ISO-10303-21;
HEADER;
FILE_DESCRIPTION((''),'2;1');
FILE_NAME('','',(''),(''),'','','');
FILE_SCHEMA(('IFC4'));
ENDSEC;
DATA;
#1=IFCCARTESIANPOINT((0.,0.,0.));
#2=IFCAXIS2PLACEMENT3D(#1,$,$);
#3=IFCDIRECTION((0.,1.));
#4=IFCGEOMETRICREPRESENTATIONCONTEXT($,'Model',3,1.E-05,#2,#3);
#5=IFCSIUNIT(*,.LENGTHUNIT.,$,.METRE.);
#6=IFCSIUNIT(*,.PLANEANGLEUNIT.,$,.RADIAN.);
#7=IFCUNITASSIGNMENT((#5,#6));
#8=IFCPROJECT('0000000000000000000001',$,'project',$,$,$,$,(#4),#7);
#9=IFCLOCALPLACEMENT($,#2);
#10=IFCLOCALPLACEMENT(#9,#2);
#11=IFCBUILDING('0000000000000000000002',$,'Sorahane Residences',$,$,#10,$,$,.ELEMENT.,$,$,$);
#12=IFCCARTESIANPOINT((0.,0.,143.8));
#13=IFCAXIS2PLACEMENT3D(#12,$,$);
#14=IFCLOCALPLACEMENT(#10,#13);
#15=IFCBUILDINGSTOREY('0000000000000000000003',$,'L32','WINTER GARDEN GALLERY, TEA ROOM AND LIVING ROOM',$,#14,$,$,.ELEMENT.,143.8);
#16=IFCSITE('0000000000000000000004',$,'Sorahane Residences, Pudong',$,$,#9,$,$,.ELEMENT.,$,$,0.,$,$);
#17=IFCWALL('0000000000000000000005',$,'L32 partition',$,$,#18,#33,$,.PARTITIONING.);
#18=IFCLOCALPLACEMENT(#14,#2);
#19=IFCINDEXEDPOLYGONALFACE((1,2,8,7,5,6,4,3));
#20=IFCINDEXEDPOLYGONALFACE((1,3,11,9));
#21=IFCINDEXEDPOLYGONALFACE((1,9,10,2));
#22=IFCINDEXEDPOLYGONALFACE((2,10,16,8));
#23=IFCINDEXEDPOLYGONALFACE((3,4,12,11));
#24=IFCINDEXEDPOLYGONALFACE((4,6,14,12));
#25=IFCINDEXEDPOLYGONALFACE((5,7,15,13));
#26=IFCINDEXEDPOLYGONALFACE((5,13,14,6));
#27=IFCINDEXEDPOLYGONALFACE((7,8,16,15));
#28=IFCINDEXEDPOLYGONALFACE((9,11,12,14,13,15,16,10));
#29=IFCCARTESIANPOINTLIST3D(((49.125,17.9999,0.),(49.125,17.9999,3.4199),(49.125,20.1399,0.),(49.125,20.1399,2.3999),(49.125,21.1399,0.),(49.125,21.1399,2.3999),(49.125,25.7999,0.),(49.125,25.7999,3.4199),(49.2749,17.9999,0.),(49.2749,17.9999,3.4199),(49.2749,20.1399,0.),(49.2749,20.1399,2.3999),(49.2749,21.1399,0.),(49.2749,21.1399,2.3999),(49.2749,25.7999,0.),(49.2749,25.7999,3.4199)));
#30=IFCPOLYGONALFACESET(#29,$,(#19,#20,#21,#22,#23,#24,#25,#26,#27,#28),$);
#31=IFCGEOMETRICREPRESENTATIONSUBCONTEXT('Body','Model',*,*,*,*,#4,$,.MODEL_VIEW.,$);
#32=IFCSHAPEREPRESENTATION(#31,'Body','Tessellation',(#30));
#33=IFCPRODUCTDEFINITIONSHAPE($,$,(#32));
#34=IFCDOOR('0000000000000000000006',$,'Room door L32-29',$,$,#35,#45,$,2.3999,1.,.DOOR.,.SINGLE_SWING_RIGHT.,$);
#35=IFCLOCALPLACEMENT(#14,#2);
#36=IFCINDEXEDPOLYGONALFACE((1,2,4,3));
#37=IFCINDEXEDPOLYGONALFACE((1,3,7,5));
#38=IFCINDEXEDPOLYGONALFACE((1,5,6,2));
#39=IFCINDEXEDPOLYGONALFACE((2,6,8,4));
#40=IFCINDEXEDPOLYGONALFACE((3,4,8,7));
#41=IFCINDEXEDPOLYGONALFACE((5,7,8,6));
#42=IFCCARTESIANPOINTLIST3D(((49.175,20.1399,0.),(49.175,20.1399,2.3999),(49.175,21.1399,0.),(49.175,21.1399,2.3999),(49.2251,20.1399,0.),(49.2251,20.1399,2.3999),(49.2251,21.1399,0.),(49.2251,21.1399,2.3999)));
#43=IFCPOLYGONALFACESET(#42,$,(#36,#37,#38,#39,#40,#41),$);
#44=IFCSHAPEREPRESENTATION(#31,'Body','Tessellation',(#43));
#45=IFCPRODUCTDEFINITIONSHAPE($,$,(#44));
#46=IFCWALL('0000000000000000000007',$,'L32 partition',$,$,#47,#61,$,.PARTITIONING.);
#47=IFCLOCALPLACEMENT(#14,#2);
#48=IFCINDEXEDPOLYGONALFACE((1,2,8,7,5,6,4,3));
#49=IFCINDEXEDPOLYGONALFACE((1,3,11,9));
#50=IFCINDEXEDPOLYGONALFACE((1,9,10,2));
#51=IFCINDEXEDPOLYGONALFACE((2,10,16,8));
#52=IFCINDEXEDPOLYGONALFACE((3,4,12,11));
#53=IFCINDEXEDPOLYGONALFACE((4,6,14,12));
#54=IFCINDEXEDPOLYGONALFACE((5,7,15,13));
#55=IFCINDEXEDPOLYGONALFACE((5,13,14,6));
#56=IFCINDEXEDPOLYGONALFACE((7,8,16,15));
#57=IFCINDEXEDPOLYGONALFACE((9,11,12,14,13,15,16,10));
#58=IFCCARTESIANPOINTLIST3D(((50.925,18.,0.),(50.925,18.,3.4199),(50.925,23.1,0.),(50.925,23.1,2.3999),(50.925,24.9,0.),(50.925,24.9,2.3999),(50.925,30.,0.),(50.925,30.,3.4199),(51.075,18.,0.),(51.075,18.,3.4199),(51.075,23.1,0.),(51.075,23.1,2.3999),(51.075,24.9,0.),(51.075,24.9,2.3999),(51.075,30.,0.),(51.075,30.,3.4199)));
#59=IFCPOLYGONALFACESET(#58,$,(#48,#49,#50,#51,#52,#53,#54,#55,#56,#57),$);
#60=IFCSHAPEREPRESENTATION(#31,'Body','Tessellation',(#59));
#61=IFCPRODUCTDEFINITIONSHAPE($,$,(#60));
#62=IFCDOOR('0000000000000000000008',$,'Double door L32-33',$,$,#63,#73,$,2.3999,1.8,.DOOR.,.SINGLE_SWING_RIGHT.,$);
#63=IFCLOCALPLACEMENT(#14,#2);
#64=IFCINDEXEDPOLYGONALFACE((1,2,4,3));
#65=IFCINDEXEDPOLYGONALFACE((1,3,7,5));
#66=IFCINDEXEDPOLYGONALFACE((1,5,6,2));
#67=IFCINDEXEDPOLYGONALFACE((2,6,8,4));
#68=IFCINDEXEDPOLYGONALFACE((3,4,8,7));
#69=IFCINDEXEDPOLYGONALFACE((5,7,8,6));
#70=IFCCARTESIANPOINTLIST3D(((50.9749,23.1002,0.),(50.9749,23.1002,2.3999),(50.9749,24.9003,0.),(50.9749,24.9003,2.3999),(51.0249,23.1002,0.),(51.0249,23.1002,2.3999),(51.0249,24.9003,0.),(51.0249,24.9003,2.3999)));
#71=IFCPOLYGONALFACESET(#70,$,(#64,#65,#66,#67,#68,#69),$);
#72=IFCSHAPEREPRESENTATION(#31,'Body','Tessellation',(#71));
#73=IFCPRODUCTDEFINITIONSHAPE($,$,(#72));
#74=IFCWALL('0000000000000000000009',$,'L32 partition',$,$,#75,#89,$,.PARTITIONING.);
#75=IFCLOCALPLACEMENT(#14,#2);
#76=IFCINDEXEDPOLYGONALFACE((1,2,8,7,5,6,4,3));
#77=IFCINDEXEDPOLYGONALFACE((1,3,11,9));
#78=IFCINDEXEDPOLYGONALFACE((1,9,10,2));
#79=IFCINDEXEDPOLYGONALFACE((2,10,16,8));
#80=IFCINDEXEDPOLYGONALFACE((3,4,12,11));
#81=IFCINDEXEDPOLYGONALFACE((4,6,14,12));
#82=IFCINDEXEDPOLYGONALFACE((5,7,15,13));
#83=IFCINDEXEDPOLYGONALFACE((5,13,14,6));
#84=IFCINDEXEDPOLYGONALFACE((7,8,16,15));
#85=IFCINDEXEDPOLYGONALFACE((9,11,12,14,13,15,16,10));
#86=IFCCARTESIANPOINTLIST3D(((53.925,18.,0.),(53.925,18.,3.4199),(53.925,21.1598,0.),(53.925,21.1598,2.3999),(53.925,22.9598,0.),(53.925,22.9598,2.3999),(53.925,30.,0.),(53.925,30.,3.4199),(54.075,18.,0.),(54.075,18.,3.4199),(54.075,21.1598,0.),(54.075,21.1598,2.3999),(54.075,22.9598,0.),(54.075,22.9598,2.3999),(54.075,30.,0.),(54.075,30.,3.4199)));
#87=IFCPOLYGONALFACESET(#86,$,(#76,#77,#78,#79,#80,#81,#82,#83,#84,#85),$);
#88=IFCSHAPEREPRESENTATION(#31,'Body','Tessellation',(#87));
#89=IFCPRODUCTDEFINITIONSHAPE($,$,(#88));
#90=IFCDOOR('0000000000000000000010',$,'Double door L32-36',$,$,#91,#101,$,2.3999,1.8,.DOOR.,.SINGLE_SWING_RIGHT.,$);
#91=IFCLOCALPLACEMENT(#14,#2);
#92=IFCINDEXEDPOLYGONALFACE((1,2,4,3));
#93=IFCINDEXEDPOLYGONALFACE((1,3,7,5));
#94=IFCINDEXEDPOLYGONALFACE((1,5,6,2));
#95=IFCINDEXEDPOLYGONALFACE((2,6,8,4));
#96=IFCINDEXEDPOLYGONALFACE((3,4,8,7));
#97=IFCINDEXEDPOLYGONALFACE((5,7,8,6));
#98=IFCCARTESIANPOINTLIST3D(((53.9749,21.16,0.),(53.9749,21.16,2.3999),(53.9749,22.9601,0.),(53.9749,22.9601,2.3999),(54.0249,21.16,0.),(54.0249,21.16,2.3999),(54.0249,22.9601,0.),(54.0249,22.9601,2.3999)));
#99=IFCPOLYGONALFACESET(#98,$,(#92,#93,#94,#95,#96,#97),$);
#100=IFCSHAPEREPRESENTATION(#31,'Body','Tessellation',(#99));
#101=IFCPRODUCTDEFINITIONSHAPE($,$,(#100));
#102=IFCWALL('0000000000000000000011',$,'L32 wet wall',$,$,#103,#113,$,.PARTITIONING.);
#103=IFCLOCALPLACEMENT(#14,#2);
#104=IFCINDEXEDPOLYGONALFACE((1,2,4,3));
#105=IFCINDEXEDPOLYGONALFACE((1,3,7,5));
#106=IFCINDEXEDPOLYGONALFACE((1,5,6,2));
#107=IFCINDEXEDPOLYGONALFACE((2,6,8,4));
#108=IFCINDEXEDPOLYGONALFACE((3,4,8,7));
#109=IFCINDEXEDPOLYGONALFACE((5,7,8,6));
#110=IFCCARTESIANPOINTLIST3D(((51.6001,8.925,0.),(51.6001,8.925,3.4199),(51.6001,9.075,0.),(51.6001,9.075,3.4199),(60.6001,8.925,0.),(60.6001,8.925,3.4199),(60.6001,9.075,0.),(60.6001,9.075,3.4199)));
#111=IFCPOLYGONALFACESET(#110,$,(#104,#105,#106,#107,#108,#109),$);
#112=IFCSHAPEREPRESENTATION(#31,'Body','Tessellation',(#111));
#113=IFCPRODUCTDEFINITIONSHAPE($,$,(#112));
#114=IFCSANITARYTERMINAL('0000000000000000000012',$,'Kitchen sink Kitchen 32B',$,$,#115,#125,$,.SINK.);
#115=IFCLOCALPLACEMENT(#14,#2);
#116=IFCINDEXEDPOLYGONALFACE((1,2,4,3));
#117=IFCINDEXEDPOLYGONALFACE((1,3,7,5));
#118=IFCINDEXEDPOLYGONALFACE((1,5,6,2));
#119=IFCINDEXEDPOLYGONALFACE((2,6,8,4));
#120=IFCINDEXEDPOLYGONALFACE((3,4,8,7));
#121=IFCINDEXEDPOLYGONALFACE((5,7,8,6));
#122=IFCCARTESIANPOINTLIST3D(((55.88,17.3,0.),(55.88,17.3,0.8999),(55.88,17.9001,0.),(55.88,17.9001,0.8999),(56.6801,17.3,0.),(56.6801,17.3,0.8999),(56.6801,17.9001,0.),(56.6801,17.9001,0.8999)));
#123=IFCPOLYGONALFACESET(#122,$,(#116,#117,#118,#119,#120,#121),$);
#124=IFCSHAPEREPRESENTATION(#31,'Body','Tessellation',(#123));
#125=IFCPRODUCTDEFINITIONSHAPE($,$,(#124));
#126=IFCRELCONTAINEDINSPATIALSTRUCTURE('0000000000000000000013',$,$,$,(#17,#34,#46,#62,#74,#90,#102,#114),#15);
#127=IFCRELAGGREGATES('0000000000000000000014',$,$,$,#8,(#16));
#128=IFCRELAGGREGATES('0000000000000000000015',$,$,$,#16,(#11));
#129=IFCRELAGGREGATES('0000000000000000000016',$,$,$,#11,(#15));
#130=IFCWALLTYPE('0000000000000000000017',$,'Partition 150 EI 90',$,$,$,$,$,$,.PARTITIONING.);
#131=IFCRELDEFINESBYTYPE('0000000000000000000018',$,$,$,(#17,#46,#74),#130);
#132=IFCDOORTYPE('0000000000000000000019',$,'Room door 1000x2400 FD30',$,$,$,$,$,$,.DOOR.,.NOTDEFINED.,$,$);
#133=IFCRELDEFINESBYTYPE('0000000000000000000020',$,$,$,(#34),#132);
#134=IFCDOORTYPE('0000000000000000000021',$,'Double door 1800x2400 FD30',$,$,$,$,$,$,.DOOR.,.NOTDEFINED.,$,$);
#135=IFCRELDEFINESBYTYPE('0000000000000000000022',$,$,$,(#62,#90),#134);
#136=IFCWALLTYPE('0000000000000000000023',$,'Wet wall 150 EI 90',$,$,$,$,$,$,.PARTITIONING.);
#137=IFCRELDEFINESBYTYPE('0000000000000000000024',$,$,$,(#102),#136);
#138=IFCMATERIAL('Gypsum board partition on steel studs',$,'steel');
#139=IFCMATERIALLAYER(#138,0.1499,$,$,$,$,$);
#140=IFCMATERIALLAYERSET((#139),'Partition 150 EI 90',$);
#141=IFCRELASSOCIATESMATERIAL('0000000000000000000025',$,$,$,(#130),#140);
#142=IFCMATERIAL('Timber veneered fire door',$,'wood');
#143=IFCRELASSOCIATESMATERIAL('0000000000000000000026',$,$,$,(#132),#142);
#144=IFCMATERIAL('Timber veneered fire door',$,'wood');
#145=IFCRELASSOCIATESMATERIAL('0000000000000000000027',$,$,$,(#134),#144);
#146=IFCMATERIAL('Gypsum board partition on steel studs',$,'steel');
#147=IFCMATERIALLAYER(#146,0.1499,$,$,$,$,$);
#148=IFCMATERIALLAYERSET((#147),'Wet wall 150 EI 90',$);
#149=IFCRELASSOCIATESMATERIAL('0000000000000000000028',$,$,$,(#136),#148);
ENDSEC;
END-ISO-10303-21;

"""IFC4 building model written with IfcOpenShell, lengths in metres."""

from ifc_helpers import new_model, si_unit, direction, frame, frame_2d, origin, origin_2d, place, context, subcontext, project, spatial, rectangle, extrude, material, layer, layer_set, type_object, element, fill, save


model = new_model("IFC4")

# Units and contexts
model_context = context("Model", 3, precision=1e-05, world=origin(), true_north=direction((0.0, 1.0)))
body_context = subcontext(model_context, "Body", "Model", "MODEL_VIEW")
ifc_project = project(units=[si_unit("LENGTHUNIT", "METRE"), si_unit("PLANEANGLEUNIT", "RADIAN")], contexts=[model_context])

# Site, building, storey
site_placement = place(None, origin())
site = spatial("IfcSite", under=ifc_project, at=site_placement, Name="Sorahane Residences, Pudong", CompositionType="ELEMENT", RefElevation=0.0)
building_placement = place(site_placement, origin())
building = spatial("IfcBuilding", under=site, at=building_placement, Name="Sorahane Residences", CompositionType="ELEMENT")
storey_placement = place(building_placement, frame((0.0, 0.0, 143.8)))
storey = spatial("IfcBuildingStorey", under=building, at=storey_placement, Name="L32", Description="WINTER GARDEN GALLERY, TEA ROOM AND LIVING ROOM", CompositionType="ELEMENT", Elevation=143.8)

# Walls, openings, doors
ifc_material_1 = material(Name="Gypsum board partition on steel studs", Category="steel")
ifc_layer_1 = layer(ifc_material_1, 0.1499)
ifc_layer_set_1 = layer_set([ifc_layer_1], Name="Partition 150 EI 90")
wall_type_1 = type_object("IfcWallType", Name="Partition 150 EI 90", PredefinedType="PARTITIONING", material=ifc_layer_set_1)
wall_1_placement = place(storey_placement, frame((49.2, 18.0, 0.0), z_axis=(0.0, 0.0, 1.0), x_axis=(0.0, 1.0, 0.0)))
wall_1 = element("IfcWall", 1, at=wall_1_placement, inside=storey, type_object=wall_type_1, Name="L32 partition", PredefinedType="PARTITIONING", context=body_context, shape_type="SweptSolid", body=[
    extrude(rectangle(XDim=7.8, YDim=0.1499, at=frame_2d((3.8999, 0.0))), origin(), (0.0, 0.0, 1.0), 3.4199),
])
opening_1_placement = place(wall_1_placement, frame((2.1399, 0.0, 0.0)))
opening_1 = element("IfcOpeningElement", 2, at=opening_1_placement, cuts=wall_1, PredefinedType="OPENING", context=body_context, shape_type="SweptSolid", body=[
    extrude(rectangle(XDim=1.0, YDim=2.3999, at=frame_2d((0.5, 1.2))), frame((0.0, 0.085, 0.0), z_axis=(0.0, -1.0, 0.0), x_axis=(1.0, 0.0, 0.0)), (0.0, 0.0, 1.0), 0.1699),
])
ifc_material_2 = material(Name="Timber veneered fire door", Category="wood")
door_type_1 = type_object("IfcDoorType", Name="Room door 1000x2400 FD30", OperationType="NOTDEFINED", PredefinedType="DOOR", material=ifc_material_2)
door_1_placement = place(opening_1_placement, origin())
door_1 = element("IfcDoor", 3, at=door_1_placement, inside=storey, type_object=door_type_1, Name="Room door L32-29", OperationType="SINGLE_SWING_RIGHT", OverallHeight=2.3999, OverallWidth=1.0, PredefinedType="DOOR", context=body_context, shape_type="SweptSolid", body=[
    extrude(rectangle(XDim=1.0, YDim=2.3999, at=frame_2d((0.5, 1.2))), frame((0.0, 0.0249, 0.0), z_axis=(0.0, -1.0, 0.0), x_axis=(1.0, 0.0, 0.0)), (0.0, 0.0, 1.0), 0.05),
])
fill(opening_1, door_1)
wall_2_placement = place(storey_placement, frame((51.0, 18.0, 0.0), z_axis=(0.0, 0.0, 1.0), x_axis=(0.0, 1.0, 0.0)))
wall_2 = element("IfcWall", 4, at=wall_2_placement, inside=storey, type_object=wall_type_1, Name="L32 partition", PredefinedType="PARTITIONING", context=body_context, shape_type="SweptSolid", body=[
    extrude(rectangle(XDim=12.0, YDim=0.1499, at=frame_2d((6.0, 0.0))), origin(), (0.0, 0.0, 1.0), 3.4199),
])
opening_2_placement = place(wall_2_placement, frame((5.1001, 0.0, 0.0)))
opening_2 = element("IfcOpeningElement", 5, at=opening_2_placement, cuts=wall_2, PredefinedType="OPENING", context=body_context, shape_type="SweptSolid", body=[
    extrude(rectangle(XDim=1.8, YDim=2.3999, at=frame_2d((0.8999, 1.2))), frame((0.0, 0.085, 0.0), z_axis=(0.0, -1.0, 0.0), x_axis=(1.0, 0.0, 0.0)), (0.0, 0.0, 1.0), 0.1699),
])
ifc_material_3 = material(Name="Timber veneered fire door", Category="wood")
door_type_2 = type_object("IfcDoorType", Name="Double door 1800x2400 FD30", OperationType="NOTDEFINED", PredefinedType="DOOR", material=ifc_material_3)
door_2_placement = place(opening_2_placement, frame((1.8, 0.0, 0.0), z_axis=(0.0, 0.0, 1.0), x_axis=(-1.0, 0.0, 0.0)))
door_2 = element("IfcDoor", 6, at=door_2_placement, inside=storey, type_object=door_type_2, Name="Double door L32-33", OperationType="SINGLE_SWING_RIGHT", OverallHeight=2.3999, OverallWidth=1.8, PredefinedType="DOOR", context=body_context, shape_type="SweptSolid", body=[
    extrude(rectangle(XDim=1.8, YDim=2.3999, at=frame_2d((0.8999, 1.2))), frame((0.0, 0.0249, 0.0), z_axis=(0.0, -1.0, 0.0), x_axis=(1.0, 0.0, 0.0)), (0.0, 0.0, 1.0), 0.05),
])
fill(opening_2, door_2)
wall_3_placement = place(storey_placement, frame((54.0, 18.0, 0.0), z_axis=(0.0, 0.0, 1.0), x_axis=(0.0, 1.0, 0.0)))
wall_3 = element("IfcWall", 7, at=wall_3_placement, inside=storey, type_object=wall_type_1, Name="L32 partition", PredefinedType="PARTITIONING", context=body_context, shape_type="SweptSolid", body=[
    extrude(rectangle(XDim=12.0, YDim=0.1499, at=frame_2d((6.0, 0.0))), origin(), (0.0, 0.0, 1.0), 3.4199),
])
opening_3_placement = place(wall_3_placement, frame((3.1599, 0.0, 0.0)))
opening_3 = element("IfcOpeningElement", 8, at=opening_3_placement, cuts=wall_3, PredefinedType="OPENING", context=body_context, shape_type="SweptSolid", body=[
    extrude(rectangle(XDim=1.8, YDim=2.3999, at=frame_2d((0.8999, 1.2))), frame((0.0, 0.085, 0.0), z_axis=(0.0, -1.0, 0.0), x_axis=(1.0, 0.0, 0.0)), (0.0, 0.0, 1.0), 0.1699),
])
door_3_placement = place(opening_3_placement, frame((1.8, 0.0, 0.0), z_axis=(0.0, 0.0, 1.0), x_axis=(-1.0, 0.0, 0.0)))
door_3 = element("IfcDoor", 9, at=door_3_placement, inside=storey, type_object=door_type_2, Name="Double door L32-36", OperationType="SINGLE_SWING_RIGHT", OverallHeight=2.3999, OverallWidth=1.8, PredefinedType="DOOR", context=body_context, shape_type="SweptSolid", body=[
    extrude(rectangle(XDim=1.8, YDim=2.3999, at=frame_2d((0.8999, 1.2))), frame((0.0, 0.0249, 0.0), z_axis=(0.0, -1.0, 0.0), x_axis=(1.0, 0.0, 0.0)), (0.0, 0.0, 1.0), 0.05),
])
fill(opening_3, door_3)

# Wall
ifc_material_4 = material(Name="Gypsum board partition on steel studs", Category="steel")
ifc_layer_2 = layer(ifc_material_4, 0.1499)
ifc_layer_set_2 = layer_set([ifc_layer_2], Name="Wet wall 150 EI 90")
wall_type_2 = type_object("IfcWallType", Name="Wet wall 150 EI 90", PredefinedType="PARTITIONING", material=ifc_layer_set_2)
wall_4_placement = place(storey_placement, frame((51.6001, 9.0, 0.0), z_axis=(0.0, 0.0, 1.0), x_axis=(1.0, 0.0, 0.0)))
element("IfcWall", 10, at=wall_4_placement, inside=storey, type_object=wall_type_2, Name="L32 wet wall", PredefinedType="PARTITIONING", context=body_context, shape_type="SweptSolid", body=[
    extrude(rectangle(XDim=9.0, YDim=0.1499, at=frame_2d((4.5, 0.0))), origin(), (0.0, 0.0, 1.0), 3.4199),
])

# Sanitary terminal
sanitary_terminal_placement = place(storey_placement, frame((56.28, 17.6001, 0.0), z_axis=(0.0, 0.0, 1.0), x_axis=(1.0, 0.0, 0.0)))
element("IfcSanitaryTerminal", 11, at=sanitary_terminal_placement, inside=storey, Name="Kitchen sink Kitchen 32B", PredefinedType="SINK", context=body_context, shape_type="SweptSolid", body=[
    extrude(rectangle(XDim=0.8, YDim=0.6001, at=origin_2d()), origin(), (0.0, 0.0, 1.0), 0.8999),
])

save(model, "model.ifc")
